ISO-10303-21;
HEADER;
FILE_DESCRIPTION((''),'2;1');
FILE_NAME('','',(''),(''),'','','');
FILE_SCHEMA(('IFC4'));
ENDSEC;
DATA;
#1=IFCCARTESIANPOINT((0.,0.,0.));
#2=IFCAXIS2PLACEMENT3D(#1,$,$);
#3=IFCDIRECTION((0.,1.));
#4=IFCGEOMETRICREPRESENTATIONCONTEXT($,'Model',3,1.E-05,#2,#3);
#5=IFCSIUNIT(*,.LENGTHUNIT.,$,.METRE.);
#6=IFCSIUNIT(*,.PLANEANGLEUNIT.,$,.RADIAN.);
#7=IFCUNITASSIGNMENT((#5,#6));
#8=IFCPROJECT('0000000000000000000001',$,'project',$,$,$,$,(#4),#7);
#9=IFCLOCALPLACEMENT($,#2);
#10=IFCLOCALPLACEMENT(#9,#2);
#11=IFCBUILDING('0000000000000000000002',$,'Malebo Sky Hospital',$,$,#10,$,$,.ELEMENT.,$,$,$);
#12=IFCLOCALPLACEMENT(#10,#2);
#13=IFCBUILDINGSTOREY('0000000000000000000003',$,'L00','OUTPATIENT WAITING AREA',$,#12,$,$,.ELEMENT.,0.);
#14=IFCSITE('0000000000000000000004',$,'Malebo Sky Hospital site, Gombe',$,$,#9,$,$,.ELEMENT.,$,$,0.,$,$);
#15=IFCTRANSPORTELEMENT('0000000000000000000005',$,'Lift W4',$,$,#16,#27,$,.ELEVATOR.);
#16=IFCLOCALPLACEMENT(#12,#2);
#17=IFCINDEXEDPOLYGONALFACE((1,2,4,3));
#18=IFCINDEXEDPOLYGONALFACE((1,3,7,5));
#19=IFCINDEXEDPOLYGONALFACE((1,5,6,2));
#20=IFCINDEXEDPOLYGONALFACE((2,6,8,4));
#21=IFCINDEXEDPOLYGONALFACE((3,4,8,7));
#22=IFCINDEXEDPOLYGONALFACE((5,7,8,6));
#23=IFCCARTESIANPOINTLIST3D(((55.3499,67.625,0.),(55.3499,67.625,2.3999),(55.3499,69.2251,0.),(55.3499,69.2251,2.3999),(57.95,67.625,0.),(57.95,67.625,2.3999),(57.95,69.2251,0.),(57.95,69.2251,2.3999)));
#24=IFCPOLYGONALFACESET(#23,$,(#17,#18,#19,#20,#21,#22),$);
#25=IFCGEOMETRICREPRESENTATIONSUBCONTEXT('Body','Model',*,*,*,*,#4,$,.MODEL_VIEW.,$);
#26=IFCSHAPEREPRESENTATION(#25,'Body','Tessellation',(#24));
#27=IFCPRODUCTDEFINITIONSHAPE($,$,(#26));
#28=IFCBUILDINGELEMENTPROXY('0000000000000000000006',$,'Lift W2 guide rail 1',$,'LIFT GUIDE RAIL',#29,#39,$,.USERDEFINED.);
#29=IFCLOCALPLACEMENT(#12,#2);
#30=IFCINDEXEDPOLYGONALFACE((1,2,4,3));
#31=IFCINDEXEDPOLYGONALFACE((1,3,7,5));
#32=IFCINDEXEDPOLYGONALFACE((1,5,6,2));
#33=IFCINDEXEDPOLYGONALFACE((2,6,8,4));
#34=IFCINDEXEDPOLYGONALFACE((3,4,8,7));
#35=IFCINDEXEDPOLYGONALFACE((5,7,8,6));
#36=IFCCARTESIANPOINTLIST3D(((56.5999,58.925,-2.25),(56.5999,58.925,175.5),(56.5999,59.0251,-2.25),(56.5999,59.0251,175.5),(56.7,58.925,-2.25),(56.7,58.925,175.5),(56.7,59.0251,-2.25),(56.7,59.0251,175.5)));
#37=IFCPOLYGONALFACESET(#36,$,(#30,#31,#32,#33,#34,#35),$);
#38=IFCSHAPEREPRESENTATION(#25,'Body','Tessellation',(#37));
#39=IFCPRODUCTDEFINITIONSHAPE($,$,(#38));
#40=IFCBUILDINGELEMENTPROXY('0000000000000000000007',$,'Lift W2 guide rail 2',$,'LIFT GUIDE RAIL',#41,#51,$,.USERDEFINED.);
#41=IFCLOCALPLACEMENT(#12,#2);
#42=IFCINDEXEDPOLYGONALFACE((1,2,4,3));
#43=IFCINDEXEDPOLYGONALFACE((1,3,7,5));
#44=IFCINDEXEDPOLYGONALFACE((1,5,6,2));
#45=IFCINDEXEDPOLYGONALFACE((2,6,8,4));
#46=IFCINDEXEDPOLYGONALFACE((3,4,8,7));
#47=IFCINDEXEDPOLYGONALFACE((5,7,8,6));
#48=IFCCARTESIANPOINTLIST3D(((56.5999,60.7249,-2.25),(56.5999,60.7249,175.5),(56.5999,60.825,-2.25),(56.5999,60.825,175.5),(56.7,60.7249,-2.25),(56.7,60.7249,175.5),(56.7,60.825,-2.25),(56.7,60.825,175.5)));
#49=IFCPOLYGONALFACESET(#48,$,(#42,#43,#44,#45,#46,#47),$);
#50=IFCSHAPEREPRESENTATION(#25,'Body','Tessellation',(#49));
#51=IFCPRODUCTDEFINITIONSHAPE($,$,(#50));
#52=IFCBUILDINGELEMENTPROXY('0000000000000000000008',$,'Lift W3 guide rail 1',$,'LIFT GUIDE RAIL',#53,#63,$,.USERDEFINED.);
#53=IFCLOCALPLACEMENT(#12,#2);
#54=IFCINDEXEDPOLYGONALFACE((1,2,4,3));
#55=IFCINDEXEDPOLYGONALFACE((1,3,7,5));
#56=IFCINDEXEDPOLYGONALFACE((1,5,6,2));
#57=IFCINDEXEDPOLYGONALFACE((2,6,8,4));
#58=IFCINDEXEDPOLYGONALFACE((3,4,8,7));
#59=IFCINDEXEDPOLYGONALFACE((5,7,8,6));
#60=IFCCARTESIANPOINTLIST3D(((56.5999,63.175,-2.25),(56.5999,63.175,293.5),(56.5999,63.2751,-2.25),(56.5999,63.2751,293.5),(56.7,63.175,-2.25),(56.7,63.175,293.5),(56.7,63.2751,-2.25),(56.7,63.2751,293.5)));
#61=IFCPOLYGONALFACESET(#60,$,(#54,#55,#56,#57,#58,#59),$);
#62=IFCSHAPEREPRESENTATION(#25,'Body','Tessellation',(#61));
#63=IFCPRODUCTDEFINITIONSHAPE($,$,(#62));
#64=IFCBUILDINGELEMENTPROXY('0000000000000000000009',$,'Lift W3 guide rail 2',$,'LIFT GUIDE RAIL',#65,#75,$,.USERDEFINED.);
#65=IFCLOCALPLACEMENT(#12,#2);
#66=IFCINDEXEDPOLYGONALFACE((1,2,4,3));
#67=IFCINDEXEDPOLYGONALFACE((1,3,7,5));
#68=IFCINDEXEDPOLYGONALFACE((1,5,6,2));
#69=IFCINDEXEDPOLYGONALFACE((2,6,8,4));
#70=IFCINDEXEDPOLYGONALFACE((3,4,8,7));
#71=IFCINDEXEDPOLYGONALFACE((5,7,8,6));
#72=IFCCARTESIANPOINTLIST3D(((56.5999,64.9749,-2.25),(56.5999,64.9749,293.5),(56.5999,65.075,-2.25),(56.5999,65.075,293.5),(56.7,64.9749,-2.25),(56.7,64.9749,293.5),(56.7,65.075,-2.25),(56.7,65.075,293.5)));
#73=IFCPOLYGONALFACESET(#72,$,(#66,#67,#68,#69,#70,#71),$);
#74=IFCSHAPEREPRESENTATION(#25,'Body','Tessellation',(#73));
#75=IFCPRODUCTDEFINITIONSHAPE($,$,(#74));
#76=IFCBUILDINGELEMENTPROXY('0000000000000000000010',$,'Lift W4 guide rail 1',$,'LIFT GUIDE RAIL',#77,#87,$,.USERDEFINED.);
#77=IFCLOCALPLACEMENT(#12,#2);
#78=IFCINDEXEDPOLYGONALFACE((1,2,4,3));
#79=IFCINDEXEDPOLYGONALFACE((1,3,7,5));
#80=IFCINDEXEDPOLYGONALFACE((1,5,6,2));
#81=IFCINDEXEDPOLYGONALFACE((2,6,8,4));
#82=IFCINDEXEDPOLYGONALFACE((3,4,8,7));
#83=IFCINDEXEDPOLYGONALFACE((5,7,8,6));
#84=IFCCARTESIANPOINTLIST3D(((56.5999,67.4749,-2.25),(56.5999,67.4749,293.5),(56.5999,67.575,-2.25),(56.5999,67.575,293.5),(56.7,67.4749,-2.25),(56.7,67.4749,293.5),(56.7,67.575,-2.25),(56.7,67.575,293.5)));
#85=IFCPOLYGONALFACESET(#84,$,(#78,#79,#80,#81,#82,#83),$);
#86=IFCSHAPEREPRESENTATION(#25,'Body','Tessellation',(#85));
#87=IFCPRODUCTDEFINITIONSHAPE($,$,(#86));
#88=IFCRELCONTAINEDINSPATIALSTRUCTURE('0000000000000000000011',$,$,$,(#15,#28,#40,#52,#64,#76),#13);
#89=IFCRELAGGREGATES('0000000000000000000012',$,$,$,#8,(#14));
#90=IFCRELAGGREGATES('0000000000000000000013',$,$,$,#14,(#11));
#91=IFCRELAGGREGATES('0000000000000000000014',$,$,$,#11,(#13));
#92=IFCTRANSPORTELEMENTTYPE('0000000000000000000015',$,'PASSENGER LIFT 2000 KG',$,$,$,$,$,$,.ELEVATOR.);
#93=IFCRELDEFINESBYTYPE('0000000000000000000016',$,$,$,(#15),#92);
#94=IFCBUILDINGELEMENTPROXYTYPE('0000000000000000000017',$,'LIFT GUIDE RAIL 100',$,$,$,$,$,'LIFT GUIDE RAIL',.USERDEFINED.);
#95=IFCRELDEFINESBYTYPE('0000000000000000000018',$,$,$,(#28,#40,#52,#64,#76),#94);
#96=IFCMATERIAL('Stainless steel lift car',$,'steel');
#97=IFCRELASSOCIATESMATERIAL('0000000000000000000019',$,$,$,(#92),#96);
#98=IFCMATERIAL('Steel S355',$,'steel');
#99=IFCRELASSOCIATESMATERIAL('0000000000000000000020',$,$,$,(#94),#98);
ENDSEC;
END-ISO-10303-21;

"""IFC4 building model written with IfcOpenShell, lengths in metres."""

from ifc_helpers import new_model, si_unit, direction, frame, origin, origin_2d, place, context, subcontext, project, spatial, rectangle, extrude, material, type_object, element, save


model = new_model("IFC4")

# Units and contexts
model_context = context("Model", 3, precision=1e-05, world=origin(), true_north=direction((0.0, 1.0)))
body_context = subcontext(model_context, "Body", "Model", "MODEL_VIEW")
ifc_project = project(units=[si_unit("LENGTHUNIT", "METRE"), si_unit("PLANEANGLEUNIT", "RADIAN")], contexts=[model_context])

# Site, building, storey
site_placement = place(None, origin())
site = spatial("IfcSite", under=ifc_project, at=site_placement, Name="Malebo Sky Hospital site, Gombe", CompositionType="ELEMENT", RefElevation=0.0)
building_placement = place(site_placement, origin())
building = spatial("IfcBuilding", under=site, at=building_placement, Name="Malebo Sky Hospital", CompositionType="ELEMENT")
storey_placement = place(building_placement, origin())
storey = spatial("IfcBuildingStorey", under=building, at=storey_placement, Name="L00", Description="OUTPATIENT WAITING AREA", CompositionType="ELEMENT", Elevation=0.0)

# Transport element
ifc_material_1 = material(Name="Stainless steel lift car", Category="steel")
transport_element_type = type_object("IfcTransportElementType", Name="PASSENGER LIFT 2000 KG", PredefinedType="ELEVATOR", material=ifc_material_1)
for number, where, name in (
    (1, (56.6499, 68.425, 0.0), "Lift W4"),
):
    element("IfcTransportElement", number, at=place(storey_placement, frame(where)), inside=storey, type_object=transport_element_type, Name=name, PredefinedType="ELEVATOR", context=body_context, shape_type="SweptSolid", body=[
        extrude(rectangle(XDim=2.6001, YDim=1.6001, at=origin_2d()), origin(), (0.0, 0.0, 1.0), 2.3999),
    ])

# Building element proxies
ifc_material_2 = material(Name="Steel S355", Category="steel")
building_element_proxy_type = type_object("IfcBuildingElementProxyType", Name="LIFT GUIDE RAIL 100", ElementType="LIFT GUIDE RAIL", PredefinedType="USERDEFINED", material=ifc_material_2)
for number, where, name in (
    (2, (56.6499, 58.9751, 0.0), "Lift W2 guide rail 1"),
    (3, (56.6499, 60.7749, 0.0), "Lift W2 guide rail 2"),
):
    element("IfcBuildingElementProxy", number, at=place(storey_placement, frame(where)), inside=storey, type_object=building_element_proxy_type, Name=name, ObjectType="LIFT GUIDE RAIL", PredefinedType="USERDEFINED", context=body_context, shape_type="SweptSolid", body=[
        extrude(rectangle(XDim=0.1001, YDim=0.1001, at=origin_2d()), frame((0.0, 0.0, -2.25)), (0.0, 0.0, 1.0), 177.75),
    ])
for number, where, name in (
    (4, (56.6499, 63.2251, 0.0), "Lift W3 guide rail 1"),
    (5, (56.6499, 65.0249, 0.0), "Lift W3 guide rail 2"),
    (6, (56.6499, 67.5249, 0.0), "Lift W4 guide rail 1"),
):
    element("IfcBuildingElementProxy", number, at=place(storey_placement, frame(where)), inside=storey, type_object=building_element_proxy_type, Name=name, ObjectType="LIFT GUIDE RAIL", PredefinedType="USERDEFINED", context=body_context, shape_type="SweptSolid", body=[
        extrude(rectangle(XDim=0.1001, YDim=0.1001, at=origin_2d()), frame((0.0, 0.0, -2.25)), (0.0, 0.0, 1.0), 295.75),
    ])

save(model, "model.ifc")
